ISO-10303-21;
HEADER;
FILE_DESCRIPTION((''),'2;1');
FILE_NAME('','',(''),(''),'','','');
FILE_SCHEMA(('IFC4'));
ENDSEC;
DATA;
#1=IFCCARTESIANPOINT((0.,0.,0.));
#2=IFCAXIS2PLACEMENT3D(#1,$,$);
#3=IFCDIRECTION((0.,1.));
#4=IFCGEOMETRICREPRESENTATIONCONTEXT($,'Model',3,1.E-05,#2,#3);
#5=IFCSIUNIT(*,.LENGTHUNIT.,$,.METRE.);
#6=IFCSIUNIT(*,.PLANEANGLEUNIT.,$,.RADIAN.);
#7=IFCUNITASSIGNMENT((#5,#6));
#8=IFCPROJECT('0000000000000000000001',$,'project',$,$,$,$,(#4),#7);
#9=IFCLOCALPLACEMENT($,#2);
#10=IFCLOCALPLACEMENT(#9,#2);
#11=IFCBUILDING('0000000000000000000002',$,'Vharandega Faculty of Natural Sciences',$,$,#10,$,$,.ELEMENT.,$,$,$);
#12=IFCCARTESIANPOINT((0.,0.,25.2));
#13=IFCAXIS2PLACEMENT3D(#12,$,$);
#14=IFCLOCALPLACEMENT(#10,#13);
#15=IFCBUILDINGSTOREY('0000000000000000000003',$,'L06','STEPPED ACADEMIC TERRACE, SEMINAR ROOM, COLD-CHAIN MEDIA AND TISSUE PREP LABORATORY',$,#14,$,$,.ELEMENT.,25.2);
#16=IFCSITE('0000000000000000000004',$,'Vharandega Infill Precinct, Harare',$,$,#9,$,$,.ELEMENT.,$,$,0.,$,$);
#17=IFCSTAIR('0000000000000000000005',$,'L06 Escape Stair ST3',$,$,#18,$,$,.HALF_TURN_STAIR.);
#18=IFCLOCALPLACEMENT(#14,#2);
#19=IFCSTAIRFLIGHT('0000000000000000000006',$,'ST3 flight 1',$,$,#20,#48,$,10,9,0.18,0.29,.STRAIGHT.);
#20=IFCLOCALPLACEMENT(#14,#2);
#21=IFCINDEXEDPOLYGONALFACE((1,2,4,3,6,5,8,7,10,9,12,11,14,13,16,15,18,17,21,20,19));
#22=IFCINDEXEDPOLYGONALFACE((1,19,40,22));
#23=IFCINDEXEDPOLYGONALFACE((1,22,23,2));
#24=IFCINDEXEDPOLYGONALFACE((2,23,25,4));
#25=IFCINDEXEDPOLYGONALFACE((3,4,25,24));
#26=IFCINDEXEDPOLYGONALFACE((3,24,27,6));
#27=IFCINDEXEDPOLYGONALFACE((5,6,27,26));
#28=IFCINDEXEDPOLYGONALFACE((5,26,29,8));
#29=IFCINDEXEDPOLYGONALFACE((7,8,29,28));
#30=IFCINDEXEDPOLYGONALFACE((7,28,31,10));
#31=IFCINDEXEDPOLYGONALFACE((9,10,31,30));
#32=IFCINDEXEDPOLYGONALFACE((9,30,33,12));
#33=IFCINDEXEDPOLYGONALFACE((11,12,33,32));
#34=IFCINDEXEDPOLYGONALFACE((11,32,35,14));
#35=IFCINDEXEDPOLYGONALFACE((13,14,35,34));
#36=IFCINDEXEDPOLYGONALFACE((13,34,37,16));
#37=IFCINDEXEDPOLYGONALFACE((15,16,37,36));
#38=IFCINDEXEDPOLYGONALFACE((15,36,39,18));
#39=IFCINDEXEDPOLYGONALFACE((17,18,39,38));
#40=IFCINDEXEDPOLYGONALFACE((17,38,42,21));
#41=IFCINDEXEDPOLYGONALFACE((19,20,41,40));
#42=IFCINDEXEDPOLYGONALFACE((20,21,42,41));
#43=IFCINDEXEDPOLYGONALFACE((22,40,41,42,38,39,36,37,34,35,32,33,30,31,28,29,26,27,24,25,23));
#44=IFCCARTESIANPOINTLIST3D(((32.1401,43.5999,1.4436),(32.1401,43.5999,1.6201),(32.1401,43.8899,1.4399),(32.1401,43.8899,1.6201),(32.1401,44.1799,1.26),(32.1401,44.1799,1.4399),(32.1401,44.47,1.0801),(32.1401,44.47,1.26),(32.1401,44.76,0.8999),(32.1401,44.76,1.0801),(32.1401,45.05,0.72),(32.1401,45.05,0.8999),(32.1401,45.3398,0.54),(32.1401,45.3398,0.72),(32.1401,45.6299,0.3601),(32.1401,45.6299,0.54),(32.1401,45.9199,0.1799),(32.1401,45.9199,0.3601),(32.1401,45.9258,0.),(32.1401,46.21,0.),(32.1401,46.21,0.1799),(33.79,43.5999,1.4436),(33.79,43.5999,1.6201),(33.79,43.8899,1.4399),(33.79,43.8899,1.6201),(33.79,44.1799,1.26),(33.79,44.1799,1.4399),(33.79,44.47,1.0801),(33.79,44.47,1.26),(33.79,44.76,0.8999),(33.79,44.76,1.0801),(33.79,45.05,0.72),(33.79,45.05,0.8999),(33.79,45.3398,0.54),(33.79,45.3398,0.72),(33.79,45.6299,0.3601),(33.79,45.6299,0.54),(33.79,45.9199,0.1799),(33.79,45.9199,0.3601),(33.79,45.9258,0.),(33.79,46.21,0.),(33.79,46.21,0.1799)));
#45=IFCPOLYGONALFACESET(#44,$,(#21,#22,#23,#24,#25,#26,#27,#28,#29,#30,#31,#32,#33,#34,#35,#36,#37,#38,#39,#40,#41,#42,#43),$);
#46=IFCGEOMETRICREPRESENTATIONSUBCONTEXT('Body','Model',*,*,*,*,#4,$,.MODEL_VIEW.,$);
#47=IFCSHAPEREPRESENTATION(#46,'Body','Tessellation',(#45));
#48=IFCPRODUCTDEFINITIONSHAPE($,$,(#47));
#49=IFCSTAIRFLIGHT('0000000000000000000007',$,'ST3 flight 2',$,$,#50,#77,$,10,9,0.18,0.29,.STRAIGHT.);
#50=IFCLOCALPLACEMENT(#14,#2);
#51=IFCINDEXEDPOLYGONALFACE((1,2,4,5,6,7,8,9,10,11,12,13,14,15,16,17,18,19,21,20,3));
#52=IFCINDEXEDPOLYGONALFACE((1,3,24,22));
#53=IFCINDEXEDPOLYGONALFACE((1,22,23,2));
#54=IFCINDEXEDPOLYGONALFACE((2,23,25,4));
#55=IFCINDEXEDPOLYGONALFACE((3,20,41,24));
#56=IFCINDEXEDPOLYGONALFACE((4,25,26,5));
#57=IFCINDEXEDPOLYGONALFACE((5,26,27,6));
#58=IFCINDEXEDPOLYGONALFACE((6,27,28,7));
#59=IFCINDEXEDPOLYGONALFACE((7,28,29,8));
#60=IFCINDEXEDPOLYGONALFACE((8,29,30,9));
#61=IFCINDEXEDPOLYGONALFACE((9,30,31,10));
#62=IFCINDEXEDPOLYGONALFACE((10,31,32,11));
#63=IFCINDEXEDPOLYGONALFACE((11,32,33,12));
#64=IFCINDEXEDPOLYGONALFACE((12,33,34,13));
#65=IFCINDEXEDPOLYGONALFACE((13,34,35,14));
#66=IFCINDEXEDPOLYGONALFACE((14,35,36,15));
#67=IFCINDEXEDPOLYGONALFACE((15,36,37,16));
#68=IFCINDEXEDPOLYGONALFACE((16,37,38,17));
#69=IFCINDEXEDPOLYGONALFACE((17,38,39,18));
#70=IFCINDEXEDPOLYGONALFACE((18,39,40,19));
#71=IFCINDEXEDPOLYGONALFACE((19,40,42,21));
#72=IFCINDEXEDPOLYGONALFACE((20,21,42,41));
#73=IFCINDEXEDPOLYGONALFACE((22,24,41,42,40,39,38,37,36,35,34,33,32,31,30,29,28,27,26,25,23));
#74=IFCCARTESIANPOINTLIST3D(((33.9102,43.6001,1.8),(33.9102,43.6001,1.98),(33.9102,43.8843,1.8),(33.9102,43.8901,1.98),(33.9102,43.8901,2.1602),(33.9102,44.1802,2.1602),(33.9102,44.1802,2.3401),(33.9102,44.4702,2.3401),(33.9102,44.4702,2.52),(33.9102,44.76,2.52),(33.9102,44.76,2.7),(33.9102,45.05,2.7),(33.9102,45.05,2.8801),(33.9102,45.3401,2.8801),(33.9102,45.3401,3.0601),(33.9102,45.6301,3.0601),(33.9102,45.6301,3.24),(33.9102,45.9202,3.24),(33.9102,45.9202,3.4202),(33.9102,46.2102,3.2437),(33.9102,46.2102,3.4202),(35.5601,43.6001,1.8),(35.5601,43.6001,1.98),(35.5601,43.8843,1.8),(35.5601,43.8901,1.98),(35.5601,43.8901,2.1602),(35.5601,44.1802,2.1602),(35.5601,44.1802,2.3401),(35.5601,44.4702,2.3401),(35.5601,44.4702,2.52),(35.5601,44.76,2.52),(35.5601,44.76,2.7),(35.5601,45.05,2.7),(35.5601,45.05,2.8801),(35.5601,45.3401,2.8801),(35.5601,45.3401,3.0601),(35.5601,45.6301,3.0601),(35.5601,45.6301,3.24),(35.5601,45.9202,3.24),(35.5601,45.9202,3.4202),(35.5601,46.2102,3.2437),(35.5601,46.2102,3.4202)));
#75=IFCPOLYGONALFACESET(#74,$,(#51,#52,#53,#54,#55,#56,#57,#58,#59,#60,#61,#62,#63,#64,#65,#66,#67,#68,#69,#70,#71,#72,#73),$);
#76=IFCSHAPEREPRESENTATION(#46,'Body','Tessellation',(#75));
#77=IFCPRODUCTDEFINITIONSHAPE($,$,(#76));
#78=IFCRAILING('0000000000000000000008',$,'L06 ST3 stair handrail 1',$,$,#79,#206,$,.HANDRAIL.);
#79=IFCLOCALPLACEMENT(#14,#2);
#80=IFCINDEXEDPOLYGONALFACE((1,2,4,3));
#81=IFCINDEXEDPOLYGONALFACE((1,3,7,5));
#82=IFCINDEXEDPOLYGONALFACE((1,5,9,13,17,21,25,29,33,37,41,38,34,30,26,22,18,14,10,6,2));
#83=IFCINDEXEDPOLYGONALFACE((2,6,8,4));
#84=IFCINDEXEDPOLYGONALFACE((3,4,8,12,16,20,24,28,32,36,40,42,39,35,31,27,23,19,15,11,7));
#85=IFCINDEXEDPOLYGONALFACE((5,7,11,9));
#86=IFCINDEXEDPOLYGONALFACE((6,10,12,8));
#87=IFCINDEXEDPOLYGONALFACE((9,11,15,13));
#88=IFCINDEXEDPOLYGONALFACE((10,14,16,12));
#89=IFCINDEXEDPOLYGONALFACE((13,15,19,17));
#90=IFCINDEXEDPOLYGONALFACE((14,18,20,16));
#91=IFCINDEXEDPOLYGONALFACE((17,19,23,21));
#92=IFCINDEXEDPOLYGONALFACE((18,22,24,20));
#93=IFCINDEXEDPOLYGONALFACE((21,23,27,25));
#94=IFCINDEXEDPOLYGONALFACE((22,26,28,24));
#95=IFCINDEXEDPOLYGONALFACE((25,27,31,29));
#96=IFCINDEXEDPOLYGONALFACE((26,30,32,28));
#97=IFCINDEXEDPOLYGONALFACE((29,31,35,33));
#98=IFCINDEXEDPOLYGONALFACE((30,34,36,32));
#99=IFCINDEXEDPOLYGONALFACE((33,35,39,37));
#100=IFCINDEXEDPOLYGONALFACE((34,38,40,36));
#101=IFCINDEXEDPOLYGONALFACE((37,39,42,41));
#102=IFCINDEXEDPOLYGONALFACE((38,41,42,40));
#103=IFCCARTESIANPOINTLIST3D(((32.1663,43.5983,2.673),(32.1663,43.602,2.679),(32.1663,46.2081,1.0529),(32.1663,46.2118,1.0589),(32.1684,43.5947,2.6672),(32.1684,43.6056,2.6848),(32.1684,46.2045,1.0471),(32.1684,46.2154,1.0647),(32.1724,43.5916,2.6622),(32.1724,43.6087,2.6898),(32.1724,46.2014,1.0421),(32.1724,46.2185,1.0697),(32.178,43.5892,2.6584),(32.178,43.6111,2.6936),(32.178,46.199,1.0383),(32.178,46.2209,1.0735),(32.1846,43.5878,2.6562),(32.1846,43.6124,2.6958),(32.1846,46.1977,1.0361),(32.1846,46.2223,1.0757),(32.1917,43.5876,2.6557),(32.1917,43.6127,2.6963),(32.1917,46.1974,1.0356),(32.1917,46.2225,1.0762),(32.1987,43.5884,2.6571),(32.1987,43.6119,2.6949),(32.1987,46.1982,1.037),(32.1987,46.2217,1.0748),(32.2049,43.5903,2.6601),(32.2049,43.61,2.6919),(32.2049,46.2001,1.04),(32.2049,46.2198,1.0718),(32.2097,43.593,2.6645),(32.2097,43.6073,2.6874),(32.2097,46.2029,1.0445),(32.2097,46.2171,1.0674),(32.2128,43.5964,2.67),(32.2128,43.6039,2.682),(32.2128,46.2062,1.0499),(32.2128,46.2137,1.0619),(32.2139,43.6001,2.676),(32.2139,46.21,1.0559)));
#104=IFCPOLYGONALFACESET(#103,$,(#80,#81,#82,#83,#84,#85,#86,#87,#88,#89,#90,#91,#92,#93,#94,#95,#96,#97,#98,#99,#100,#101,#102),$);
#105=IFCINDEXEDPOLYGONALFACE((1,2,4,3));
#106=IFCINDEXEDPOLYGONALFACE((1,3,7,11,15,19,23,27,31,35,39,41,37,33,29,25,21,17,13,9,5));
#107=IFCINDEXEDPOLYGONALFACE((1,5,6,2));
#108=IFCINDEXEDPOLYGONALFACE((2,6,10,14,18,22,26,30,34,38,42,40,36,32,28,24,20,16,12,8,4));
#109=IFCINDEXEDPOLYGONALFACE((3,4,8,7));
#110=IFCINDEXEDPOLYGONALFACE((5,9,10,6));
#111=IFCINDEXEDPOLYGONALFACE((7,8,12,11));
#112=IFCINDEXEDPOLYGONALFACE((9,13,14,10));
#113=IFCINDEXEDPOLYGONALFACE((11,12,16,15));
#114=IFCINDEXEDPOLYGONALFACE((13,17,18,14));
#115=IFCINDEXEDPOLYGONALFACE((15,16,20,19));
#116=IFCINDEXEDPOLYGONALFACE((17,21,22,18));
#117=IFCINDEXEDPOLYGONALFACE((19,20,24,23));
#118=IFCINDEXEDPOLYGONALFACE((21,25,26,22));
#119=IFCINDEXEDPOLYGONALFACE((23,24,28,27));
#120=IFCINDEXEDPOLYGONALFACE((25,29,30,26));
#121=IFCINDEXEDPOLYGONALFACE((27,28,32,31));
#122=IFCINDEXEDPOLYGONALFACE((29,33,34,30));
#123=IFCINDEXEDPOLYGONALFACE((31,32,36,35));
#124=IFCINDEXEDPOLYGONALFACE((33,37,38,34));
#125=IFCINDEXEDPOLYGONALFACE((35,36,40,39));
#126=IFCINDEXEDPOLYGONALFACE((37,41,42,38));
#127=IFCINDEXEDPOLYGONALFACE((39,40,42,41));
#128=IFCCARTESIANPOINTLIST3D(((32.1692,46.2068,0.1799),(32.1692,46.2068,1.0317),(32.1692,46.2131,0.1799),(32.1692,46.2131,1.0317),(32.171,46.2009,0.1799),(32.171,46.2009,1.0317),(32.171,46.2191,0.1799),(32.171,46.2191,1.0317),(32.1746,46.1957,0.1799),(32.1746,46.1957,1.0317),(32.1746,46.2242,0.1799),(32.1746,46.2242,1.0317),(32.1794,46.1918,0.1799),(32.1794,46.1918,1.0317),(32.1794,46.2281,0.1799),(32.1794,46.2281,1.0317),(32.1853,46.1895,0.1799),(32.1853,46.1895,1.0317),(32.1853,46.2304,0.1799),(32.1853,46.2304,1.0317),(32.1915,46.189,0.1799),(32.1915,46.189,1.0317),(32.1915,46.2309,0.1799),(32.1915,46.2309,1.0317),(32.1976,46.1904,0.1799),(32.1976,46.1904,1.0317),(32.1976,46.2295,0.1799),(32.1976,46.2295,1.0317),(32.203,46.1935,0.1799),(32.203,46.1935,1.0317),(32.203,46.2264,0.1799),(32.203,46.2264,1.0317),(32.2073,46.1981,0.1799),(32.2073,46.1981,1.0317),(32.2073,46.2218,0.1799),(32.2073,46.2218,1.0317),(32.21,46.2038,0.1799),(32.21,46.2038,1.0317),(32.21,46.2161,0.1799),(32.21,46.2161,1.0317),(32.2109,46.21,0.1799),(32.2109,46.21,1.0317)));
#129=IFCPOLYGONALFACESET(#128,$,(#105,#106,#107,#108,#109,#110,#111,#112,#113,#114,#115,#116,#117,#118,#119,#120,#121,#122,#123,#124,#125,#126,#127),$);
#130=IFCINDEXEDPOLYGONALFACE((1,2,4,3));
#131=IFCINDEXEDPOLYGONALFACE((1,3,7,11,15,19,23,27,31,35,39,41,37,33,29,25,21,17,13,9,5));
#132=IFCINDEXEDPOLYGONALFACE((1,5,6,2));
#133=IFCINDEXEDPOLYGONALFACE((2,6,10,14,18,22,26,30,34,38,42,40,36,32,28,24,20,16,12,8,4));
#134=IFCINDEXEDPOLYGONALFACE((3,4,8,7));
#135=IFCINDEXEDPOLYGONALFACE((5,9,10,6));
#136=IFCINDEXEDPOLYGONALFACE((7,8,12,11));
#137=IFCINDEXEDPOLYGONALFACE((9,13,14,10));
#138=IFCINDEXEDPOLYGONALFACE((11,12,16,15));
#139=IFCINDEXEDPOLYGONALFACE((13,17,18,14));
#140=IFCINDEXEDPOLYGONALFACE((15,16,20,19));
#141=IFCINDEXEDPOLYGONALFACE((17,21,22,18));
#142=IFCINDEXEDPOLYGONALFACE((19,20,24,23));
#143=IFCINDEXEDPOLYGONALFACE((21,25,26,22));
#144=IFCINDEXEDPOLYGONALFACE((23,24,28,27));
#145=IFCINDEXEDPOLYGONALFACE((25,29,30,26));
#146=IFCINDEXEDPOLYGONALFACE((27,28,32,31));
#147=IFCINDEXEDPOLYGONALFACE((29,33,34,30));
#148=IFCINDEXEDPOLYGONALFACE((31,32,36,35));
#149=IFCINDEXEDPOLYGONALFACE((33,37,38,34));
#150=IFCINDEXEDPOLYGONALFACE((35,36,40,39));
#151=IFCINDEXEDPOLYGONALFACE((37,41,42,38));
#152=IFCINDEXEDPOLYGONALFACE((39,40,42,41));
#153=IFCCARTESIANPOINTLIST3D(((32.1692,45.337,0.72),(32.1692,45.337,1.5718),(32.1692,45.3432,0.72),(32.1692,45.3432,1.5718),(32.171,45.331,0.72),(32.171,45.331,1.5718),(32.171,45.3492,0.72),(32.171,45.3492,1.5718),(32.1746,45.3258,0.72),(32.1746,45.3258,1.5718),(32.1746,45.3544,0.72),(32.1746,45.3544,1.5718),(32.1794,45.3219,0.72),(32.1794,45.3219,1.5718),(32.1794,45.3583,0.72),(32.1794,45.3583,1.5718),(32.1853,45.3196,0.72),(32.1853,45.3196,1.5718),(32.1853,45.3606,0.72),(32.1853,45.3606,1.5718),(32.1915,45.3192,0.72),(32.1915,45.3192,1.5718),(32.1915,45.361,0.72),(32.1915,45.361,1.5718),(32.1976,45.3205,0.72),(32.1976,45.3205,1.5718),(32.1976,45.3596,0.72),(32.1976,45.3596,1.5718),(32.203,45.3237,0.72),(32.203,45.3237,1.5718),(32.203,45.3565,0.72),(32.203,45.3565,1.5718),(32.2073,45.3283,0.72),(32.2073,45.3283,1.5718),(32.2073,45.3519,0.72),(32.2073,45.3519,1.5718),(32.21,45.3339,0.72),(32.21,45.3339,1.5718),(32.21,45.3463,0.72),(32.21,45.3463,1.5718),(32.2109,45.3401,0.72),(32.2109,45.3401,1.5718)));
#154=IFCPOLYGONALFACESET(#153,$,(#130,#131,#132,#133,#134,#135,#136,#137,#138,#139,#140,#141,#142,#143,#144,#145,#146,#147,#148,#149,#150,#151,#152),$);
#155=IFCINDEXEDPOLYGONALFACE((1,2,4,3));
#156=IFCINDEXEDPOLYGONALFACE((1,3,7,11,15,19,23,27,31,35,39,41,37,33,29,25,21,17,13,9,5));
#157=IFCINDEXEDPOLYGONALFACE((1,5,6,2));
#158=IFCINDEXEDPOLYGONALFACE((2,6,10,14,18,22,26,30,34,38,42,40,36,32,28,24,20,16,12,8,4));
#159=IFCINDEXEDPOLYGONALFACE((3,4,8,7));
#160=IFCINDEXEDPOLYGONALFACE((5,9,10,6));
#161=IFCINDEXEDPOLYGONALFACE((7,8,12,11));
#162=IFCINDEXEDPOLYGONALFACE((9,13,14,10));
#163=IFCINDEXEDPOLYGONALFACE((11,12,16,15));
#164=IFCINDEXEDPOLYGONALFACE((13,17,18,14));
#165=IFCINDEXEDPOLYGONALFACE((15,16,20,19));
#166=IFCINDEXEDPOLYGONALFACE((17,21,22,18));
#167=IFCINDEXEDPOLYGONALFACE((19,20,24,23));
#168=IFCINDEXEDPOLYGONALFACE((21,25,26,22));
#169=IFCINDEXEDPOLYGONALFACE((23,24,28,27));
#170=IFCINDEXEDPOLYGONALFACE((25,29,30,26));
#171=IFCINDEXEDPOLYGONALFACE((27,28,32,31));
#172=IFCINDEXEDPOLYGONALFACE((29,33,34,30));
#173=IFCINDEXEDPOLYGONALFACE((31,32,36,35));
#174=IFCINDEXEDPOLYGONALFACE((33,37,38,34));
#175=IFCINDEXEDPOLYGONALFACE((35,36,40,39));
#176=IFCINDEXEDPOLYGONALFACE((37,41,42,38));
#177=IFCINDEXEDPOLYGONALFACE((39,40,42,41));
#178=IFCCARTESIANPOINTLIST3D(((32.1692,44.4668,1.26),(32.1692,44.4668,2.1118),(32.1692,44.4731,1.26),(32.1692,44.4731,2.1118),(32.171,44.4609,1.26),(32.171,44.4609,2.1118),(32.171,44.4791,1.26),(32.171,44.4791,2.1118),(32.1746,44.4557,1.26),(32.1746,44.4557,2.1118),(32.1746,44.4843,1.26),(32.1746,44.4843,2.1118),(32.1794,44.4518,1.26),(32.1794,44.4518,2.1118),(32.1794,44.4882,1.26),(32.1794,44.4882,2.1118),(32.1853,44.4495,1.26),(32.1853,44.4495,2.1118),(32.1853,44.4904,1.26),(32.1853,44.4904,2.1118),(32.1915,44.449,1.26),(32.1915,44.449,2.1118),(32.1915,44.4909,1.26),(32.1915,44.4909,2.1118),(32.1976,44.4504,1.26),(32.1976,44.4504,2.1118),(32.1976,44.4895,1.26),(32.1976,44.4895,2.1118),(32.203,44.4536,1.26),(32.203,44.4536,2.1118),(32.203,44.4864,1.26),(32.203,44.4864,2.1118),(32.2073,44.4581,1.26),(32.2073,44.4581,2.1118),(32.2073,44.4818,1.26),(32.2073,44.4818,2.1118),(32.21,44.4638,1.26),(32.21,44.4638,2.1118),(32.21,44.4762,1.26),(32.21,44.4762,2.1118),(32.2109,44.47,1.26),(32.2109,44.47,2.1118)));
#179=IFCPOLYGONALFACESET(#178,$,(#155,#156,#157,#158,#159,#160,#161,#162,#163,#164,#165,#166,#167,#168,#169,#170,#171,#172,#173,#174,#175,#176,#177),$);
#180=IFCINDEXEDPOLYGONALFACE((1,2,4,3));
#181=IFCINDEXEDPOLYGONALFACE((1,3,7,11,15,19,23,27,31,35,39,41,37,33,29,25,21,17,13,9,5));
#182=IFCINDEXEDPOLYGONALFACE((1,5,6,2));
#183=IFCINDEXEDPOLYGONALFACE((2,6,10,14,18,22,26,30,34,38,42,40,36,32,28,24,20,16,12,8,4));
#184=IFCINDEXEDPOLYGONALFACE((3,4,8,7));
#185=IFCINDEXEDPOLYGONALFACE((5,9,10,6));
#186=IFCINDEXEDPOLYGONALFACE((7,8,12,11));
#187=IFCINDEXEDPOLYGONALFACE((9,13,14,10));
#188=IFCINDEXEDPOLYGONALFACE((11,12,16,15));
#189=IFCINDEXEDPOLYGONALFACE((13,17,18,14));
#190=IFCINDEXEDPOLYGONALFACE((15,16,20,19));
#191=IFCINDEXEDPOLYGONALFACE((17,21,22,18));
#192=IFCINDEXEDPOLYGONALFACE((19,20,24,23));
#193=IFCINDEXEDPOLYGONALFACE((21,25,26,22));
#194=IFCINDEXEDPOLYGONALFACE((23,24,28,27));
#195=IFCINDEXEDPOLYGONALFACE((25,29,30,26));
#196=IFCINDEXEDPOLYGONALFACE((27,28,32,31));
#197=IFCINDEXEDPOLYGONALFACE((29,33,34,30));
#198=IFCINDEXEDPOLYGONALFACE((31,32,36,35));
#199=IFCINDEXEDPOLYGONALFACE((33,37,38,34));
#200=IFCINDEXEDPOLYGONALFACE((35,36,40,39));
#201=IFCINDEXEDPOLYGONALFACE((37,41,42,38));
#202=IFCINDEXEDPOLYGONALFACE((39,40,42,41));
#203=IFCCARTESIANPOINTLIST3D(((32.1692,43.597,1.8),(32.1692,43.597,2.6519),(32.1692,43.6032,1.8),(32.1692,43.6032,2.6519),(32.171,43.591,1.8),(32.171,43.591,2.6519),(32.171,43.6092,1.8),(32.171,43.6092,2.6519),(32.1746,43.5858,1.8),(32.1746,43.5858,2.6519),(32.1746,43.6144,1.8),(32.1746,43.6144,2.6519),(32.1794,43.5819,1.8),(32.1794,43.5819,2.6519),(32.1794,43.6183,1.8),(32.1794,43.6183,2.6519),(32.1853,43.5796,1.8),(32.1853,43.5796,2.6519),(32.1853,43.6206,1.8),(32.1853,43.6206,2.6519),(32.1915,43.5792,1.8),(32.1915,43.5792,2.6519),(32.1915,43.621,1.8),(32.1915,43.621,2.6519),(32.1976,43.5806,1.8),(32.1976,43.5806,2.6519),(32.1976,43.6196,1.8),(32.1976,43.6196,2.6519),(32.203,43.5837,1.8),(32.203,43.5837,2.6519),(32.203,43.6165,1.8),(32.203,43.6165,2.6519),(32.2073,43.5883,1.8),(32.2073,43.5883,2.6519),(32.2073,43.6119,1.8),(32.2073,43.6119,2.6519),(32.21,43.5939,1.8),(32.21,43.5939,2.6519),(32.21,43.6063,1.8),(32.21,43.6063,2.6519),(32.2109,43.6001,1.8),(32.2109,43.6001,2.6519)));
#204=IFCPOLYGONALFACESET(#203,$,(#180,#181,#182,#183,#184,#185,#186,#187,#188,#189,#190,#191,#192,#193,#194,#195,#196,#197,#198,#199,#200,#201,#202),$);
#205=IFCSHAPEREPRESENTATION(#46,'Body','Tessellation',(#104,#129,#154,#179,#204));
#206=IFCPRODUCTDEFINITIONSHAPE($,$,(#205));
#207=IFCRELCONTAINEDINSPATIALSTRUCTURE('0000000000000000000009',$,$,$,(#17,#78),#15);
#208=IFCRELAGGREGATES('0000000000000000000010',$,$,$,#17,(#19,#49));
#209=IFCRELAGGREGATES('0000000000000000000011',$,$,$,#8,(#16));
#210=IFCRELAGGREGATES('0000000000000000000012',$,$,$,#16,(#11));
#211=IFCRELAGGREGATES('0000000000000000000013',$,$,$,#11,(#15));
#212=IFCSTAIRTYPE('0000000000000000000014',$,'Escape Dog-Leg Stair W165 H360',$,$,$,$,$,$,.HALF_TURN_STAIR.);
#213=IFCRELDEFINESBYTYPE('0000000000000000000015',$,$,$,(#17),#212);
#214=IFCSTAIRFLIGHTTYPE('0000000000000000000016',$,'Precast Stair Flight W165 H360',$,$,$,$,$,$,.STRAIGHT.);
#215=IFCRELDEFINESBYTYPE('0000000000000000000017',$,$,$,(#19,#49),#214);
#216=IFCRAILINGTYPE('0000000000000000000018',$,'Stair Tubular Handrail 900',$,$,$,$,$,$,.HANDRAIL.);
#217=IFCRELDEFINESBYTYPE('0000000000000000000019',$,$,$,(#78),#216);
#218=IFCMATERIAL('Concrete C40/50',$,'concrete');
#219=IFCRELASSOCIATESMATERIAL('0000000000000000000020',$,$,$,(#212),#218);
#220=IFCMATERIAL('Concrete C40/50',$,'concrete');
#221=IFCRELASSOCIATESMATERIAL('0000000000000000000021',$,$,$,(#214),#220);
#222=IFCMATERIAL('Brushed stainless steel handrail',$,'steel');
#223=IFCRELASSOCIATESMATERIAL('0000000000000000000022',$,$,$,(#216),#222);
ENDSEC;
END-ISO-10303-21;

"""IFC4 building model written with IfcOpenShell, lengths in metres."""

from ifc_helpers import new_model, si_unit, direction, frame, origin, origin_2d, place, context, subcontext, project, spatial, polyline, circle, outline, extrude, material, type_object, element, aggregate, save


model = new_model("IFC4")

# Units and contexts
model_context = context("Model", 3, precision=1e-05, world=origin(), true_north=direction((0.0, 1.0)))
body_context = subcontext(model_context, "Body", "Model", "MODEL_VIEW")
ifc_project = project(units=[si_unit("LENGTHUNIT", "METRE"), si_unit("PLANEANGLEUNIT", "RADIAN")], contexts=[model_context])

# Site, building, storey
site_placement = place(None, origin())
site = spatial("IfcSite", under=ifc_project, at=site_placement, Name="Vharandega Infill Precinct, Harare", CompositionType="ELEMENT", RefElevation=0.0)
building_placement = place(site_placement, origin())
building = spatial("IfcBuilding", under=site, at=building_placement, Name="Vharandega Faculty of Natural Sciences", CompositionType="ELEMENT")
storey_placement = place(building_placement, frame((0.0, 0.0, 25.2)))
storey = spatial("IfcBuildingStorey", under=building, at=storey_placement, Name="L06", Description="STEPPED ACADEMIC TERRACE, SEMINAR ROOM, COLD-CHAIN MEDIA AND TISSUE PREP LABORATORY", CompositionType="ELEMENT", Elevation=25.2)

# Stair, stair flights
ifc_material_1 = material(Name="Concrete C40/50", Category="concrete")
stair_type = type_object("IfcStairType", Name="Escape Dog-Leg Stair W165 H360", PredefinedType="HALF_TURN_STAIR", material=ifc_material_1)
stair_placement = place(storey_placement, origin())
stair = element("IfcStair", 1, at=stair_placement, inside=storey, type_object=stair_type, Name="L06 Escape Stair ST3", PredefinedType="HALF_TURN_STAIR")
ifc_material_2 = material(Name="Concrete C40/50", Category="concrete")
stair_flight_type = type_object("IfcStairFlightType", Name="Precast Stair Flight W165 H360", PredefinedType="STRAIGHT", material=ifc_material_2)
stair_flight_1_placement = place(storey_placement, frame((32.9651, 46.21, 0.0), z_axis=(0.0, 0.0, 1.0), x_axis=(0.0, -1.0, 0.0)))
stair_flight_1 = element("IfcStairFlight", 2, at=stair_flight_1_placement, type_object=stair_flight_type, Name="ST3 flight 1", NumberOfRisers=10, NumberOfTreads=9, PredefinedType="STRAIGHT", RiserHeight=0.18, TreadLength=0.29, context=body_context, shape_type="SweptSolid", body=[
    extrude(outline(polyline([(0.0, 0.0), (0.0, 0.1799), (0.29, 0.1799), (0.29, 0.3601), (0.5801, 0.3601), (0.5801, 0.54), (0.8701, 0.54), (0.8701, 0.72), (1.1599, 0.72), (1.1599, 0.8999), (1.45, 0.8999), (1.45, 1.0801), (1.74, 1.0801), (1.74, 1.26), (2.03, 1.26), (2.03, 1.4399), (2.3201, 1.4399), (2.3201, 1.6201), (2.6101, 1.6201), (2.6101, 1.8), (2.6101, 1.4436), (0.2842, 0.0), (0.0, 0.0)])), frame((0.0, 0.825, 0.0), z_axis=(0.0, -1.0, 0.0), x_axis=(1.0, 0.0, 0.0)), (0.0, 0.0, 1.0), 1.6499),
])
stair_flight_2_placement = place(storey_placement, frame((34.7351, 43.6001, 1.8), z_axis=(0.0, 0.0, 1.0), x_axis=(0.0, 1.0, 0.0)))
stair_flight_2 = element("IfcStairFlight", 3, at=stair_flight_2_placement, type_object=stair_flight_type, Name="ST3 flight 2", NumberOfRisers=10, NumberOfTreads=9, PredefinedType="STRAIGHT", RiserHeight=0.18, TreadLength=0.29, context=body_context, shape_type="SweptSolid", body=[
    extrude(outline(polyline([(0.0, 0.0), (0.0, 0.1799), (0.29, 0.1799), (0.29, 0.3601), (0.5801, 0.3601), (0.5801, 0.54), (0.8701, 0.54), (0.8701, 0.72), (1.1599, 0.72), (1.1599, 0.8999), (1.45, 0.8999), (1.45, 1.0801), (1.74, 1.0801), (1.74, 1.26), (2.03, 1.26), (2.03, 1.4399), (2.3201, 1.4399), (2.3201, 1.6201), (2.6101, 1.6201), (2.6101, 1.8), (2.6101, 1.4436), (0.2842, 0.0), (0.0, 0.0)])), frame((0.0, 0.825, 0.0), z_axis=(0.0, -1.0, 0.0), x_axis=(1.0, 0.0, 0.0)), (0.0, 0.0, 1.0), 1.6499),
])
aggregate(stair, [stair_flight_1, stair_flight_2])

# Railing
ifc_material_3 = material(Name="Brushed stainless steel handrail", Category="steel")
railing_type_1 = type_object("IfcRailingType", Name="Stair Tubular Handrail 900", PredefinedType="HANDRAIL", material=ifc_material_3)
railing_1_placement = place(storey_placement, frame((32.1899, 46.21, 0.1799)))
element("IfcRailing", 4, at=railing_1_placement, inside=storey, type_object=railing_type_1, Name="L06 ST3 stair handrail 1", PredefinedType="HANDRAIL", context=body_context, shape_type="SweptSolid", body=[
    extrude(circle(Radius=0.0239, at=origin_2d()), frame((0.0, 0.0, 0.876), z_axis=(0.0, -0.849611, 0.52741), x_axis=(1.0, 0.0, 0.0)), (0.0, 0.0, 1.0), 3.0718),
    extrude(circle(Radius=0.021, at=origin_2d()), origin(), (0.0, 0.0, 1.0), 0.8518),
    extrude(circle(Radius=0.021, at=origin_2d()), frame((0.0, -0.8699, 0.54)), (0.0, 0.0, 1.0), 0.8518),
    extrude(circle(Radius=0.021, at=origin_2d()), frame((0.0, -1.74, 1.0801)), (0.0, 0.0, 1.0), 0.8518),
    extrude(circle(Radius=0.021, at=origin_2d()), frame((0.0, -2.6099, 1.6201)), (0.0, 0.0, 1.0), 0.8518),
])

save(model, "model.ifc")
